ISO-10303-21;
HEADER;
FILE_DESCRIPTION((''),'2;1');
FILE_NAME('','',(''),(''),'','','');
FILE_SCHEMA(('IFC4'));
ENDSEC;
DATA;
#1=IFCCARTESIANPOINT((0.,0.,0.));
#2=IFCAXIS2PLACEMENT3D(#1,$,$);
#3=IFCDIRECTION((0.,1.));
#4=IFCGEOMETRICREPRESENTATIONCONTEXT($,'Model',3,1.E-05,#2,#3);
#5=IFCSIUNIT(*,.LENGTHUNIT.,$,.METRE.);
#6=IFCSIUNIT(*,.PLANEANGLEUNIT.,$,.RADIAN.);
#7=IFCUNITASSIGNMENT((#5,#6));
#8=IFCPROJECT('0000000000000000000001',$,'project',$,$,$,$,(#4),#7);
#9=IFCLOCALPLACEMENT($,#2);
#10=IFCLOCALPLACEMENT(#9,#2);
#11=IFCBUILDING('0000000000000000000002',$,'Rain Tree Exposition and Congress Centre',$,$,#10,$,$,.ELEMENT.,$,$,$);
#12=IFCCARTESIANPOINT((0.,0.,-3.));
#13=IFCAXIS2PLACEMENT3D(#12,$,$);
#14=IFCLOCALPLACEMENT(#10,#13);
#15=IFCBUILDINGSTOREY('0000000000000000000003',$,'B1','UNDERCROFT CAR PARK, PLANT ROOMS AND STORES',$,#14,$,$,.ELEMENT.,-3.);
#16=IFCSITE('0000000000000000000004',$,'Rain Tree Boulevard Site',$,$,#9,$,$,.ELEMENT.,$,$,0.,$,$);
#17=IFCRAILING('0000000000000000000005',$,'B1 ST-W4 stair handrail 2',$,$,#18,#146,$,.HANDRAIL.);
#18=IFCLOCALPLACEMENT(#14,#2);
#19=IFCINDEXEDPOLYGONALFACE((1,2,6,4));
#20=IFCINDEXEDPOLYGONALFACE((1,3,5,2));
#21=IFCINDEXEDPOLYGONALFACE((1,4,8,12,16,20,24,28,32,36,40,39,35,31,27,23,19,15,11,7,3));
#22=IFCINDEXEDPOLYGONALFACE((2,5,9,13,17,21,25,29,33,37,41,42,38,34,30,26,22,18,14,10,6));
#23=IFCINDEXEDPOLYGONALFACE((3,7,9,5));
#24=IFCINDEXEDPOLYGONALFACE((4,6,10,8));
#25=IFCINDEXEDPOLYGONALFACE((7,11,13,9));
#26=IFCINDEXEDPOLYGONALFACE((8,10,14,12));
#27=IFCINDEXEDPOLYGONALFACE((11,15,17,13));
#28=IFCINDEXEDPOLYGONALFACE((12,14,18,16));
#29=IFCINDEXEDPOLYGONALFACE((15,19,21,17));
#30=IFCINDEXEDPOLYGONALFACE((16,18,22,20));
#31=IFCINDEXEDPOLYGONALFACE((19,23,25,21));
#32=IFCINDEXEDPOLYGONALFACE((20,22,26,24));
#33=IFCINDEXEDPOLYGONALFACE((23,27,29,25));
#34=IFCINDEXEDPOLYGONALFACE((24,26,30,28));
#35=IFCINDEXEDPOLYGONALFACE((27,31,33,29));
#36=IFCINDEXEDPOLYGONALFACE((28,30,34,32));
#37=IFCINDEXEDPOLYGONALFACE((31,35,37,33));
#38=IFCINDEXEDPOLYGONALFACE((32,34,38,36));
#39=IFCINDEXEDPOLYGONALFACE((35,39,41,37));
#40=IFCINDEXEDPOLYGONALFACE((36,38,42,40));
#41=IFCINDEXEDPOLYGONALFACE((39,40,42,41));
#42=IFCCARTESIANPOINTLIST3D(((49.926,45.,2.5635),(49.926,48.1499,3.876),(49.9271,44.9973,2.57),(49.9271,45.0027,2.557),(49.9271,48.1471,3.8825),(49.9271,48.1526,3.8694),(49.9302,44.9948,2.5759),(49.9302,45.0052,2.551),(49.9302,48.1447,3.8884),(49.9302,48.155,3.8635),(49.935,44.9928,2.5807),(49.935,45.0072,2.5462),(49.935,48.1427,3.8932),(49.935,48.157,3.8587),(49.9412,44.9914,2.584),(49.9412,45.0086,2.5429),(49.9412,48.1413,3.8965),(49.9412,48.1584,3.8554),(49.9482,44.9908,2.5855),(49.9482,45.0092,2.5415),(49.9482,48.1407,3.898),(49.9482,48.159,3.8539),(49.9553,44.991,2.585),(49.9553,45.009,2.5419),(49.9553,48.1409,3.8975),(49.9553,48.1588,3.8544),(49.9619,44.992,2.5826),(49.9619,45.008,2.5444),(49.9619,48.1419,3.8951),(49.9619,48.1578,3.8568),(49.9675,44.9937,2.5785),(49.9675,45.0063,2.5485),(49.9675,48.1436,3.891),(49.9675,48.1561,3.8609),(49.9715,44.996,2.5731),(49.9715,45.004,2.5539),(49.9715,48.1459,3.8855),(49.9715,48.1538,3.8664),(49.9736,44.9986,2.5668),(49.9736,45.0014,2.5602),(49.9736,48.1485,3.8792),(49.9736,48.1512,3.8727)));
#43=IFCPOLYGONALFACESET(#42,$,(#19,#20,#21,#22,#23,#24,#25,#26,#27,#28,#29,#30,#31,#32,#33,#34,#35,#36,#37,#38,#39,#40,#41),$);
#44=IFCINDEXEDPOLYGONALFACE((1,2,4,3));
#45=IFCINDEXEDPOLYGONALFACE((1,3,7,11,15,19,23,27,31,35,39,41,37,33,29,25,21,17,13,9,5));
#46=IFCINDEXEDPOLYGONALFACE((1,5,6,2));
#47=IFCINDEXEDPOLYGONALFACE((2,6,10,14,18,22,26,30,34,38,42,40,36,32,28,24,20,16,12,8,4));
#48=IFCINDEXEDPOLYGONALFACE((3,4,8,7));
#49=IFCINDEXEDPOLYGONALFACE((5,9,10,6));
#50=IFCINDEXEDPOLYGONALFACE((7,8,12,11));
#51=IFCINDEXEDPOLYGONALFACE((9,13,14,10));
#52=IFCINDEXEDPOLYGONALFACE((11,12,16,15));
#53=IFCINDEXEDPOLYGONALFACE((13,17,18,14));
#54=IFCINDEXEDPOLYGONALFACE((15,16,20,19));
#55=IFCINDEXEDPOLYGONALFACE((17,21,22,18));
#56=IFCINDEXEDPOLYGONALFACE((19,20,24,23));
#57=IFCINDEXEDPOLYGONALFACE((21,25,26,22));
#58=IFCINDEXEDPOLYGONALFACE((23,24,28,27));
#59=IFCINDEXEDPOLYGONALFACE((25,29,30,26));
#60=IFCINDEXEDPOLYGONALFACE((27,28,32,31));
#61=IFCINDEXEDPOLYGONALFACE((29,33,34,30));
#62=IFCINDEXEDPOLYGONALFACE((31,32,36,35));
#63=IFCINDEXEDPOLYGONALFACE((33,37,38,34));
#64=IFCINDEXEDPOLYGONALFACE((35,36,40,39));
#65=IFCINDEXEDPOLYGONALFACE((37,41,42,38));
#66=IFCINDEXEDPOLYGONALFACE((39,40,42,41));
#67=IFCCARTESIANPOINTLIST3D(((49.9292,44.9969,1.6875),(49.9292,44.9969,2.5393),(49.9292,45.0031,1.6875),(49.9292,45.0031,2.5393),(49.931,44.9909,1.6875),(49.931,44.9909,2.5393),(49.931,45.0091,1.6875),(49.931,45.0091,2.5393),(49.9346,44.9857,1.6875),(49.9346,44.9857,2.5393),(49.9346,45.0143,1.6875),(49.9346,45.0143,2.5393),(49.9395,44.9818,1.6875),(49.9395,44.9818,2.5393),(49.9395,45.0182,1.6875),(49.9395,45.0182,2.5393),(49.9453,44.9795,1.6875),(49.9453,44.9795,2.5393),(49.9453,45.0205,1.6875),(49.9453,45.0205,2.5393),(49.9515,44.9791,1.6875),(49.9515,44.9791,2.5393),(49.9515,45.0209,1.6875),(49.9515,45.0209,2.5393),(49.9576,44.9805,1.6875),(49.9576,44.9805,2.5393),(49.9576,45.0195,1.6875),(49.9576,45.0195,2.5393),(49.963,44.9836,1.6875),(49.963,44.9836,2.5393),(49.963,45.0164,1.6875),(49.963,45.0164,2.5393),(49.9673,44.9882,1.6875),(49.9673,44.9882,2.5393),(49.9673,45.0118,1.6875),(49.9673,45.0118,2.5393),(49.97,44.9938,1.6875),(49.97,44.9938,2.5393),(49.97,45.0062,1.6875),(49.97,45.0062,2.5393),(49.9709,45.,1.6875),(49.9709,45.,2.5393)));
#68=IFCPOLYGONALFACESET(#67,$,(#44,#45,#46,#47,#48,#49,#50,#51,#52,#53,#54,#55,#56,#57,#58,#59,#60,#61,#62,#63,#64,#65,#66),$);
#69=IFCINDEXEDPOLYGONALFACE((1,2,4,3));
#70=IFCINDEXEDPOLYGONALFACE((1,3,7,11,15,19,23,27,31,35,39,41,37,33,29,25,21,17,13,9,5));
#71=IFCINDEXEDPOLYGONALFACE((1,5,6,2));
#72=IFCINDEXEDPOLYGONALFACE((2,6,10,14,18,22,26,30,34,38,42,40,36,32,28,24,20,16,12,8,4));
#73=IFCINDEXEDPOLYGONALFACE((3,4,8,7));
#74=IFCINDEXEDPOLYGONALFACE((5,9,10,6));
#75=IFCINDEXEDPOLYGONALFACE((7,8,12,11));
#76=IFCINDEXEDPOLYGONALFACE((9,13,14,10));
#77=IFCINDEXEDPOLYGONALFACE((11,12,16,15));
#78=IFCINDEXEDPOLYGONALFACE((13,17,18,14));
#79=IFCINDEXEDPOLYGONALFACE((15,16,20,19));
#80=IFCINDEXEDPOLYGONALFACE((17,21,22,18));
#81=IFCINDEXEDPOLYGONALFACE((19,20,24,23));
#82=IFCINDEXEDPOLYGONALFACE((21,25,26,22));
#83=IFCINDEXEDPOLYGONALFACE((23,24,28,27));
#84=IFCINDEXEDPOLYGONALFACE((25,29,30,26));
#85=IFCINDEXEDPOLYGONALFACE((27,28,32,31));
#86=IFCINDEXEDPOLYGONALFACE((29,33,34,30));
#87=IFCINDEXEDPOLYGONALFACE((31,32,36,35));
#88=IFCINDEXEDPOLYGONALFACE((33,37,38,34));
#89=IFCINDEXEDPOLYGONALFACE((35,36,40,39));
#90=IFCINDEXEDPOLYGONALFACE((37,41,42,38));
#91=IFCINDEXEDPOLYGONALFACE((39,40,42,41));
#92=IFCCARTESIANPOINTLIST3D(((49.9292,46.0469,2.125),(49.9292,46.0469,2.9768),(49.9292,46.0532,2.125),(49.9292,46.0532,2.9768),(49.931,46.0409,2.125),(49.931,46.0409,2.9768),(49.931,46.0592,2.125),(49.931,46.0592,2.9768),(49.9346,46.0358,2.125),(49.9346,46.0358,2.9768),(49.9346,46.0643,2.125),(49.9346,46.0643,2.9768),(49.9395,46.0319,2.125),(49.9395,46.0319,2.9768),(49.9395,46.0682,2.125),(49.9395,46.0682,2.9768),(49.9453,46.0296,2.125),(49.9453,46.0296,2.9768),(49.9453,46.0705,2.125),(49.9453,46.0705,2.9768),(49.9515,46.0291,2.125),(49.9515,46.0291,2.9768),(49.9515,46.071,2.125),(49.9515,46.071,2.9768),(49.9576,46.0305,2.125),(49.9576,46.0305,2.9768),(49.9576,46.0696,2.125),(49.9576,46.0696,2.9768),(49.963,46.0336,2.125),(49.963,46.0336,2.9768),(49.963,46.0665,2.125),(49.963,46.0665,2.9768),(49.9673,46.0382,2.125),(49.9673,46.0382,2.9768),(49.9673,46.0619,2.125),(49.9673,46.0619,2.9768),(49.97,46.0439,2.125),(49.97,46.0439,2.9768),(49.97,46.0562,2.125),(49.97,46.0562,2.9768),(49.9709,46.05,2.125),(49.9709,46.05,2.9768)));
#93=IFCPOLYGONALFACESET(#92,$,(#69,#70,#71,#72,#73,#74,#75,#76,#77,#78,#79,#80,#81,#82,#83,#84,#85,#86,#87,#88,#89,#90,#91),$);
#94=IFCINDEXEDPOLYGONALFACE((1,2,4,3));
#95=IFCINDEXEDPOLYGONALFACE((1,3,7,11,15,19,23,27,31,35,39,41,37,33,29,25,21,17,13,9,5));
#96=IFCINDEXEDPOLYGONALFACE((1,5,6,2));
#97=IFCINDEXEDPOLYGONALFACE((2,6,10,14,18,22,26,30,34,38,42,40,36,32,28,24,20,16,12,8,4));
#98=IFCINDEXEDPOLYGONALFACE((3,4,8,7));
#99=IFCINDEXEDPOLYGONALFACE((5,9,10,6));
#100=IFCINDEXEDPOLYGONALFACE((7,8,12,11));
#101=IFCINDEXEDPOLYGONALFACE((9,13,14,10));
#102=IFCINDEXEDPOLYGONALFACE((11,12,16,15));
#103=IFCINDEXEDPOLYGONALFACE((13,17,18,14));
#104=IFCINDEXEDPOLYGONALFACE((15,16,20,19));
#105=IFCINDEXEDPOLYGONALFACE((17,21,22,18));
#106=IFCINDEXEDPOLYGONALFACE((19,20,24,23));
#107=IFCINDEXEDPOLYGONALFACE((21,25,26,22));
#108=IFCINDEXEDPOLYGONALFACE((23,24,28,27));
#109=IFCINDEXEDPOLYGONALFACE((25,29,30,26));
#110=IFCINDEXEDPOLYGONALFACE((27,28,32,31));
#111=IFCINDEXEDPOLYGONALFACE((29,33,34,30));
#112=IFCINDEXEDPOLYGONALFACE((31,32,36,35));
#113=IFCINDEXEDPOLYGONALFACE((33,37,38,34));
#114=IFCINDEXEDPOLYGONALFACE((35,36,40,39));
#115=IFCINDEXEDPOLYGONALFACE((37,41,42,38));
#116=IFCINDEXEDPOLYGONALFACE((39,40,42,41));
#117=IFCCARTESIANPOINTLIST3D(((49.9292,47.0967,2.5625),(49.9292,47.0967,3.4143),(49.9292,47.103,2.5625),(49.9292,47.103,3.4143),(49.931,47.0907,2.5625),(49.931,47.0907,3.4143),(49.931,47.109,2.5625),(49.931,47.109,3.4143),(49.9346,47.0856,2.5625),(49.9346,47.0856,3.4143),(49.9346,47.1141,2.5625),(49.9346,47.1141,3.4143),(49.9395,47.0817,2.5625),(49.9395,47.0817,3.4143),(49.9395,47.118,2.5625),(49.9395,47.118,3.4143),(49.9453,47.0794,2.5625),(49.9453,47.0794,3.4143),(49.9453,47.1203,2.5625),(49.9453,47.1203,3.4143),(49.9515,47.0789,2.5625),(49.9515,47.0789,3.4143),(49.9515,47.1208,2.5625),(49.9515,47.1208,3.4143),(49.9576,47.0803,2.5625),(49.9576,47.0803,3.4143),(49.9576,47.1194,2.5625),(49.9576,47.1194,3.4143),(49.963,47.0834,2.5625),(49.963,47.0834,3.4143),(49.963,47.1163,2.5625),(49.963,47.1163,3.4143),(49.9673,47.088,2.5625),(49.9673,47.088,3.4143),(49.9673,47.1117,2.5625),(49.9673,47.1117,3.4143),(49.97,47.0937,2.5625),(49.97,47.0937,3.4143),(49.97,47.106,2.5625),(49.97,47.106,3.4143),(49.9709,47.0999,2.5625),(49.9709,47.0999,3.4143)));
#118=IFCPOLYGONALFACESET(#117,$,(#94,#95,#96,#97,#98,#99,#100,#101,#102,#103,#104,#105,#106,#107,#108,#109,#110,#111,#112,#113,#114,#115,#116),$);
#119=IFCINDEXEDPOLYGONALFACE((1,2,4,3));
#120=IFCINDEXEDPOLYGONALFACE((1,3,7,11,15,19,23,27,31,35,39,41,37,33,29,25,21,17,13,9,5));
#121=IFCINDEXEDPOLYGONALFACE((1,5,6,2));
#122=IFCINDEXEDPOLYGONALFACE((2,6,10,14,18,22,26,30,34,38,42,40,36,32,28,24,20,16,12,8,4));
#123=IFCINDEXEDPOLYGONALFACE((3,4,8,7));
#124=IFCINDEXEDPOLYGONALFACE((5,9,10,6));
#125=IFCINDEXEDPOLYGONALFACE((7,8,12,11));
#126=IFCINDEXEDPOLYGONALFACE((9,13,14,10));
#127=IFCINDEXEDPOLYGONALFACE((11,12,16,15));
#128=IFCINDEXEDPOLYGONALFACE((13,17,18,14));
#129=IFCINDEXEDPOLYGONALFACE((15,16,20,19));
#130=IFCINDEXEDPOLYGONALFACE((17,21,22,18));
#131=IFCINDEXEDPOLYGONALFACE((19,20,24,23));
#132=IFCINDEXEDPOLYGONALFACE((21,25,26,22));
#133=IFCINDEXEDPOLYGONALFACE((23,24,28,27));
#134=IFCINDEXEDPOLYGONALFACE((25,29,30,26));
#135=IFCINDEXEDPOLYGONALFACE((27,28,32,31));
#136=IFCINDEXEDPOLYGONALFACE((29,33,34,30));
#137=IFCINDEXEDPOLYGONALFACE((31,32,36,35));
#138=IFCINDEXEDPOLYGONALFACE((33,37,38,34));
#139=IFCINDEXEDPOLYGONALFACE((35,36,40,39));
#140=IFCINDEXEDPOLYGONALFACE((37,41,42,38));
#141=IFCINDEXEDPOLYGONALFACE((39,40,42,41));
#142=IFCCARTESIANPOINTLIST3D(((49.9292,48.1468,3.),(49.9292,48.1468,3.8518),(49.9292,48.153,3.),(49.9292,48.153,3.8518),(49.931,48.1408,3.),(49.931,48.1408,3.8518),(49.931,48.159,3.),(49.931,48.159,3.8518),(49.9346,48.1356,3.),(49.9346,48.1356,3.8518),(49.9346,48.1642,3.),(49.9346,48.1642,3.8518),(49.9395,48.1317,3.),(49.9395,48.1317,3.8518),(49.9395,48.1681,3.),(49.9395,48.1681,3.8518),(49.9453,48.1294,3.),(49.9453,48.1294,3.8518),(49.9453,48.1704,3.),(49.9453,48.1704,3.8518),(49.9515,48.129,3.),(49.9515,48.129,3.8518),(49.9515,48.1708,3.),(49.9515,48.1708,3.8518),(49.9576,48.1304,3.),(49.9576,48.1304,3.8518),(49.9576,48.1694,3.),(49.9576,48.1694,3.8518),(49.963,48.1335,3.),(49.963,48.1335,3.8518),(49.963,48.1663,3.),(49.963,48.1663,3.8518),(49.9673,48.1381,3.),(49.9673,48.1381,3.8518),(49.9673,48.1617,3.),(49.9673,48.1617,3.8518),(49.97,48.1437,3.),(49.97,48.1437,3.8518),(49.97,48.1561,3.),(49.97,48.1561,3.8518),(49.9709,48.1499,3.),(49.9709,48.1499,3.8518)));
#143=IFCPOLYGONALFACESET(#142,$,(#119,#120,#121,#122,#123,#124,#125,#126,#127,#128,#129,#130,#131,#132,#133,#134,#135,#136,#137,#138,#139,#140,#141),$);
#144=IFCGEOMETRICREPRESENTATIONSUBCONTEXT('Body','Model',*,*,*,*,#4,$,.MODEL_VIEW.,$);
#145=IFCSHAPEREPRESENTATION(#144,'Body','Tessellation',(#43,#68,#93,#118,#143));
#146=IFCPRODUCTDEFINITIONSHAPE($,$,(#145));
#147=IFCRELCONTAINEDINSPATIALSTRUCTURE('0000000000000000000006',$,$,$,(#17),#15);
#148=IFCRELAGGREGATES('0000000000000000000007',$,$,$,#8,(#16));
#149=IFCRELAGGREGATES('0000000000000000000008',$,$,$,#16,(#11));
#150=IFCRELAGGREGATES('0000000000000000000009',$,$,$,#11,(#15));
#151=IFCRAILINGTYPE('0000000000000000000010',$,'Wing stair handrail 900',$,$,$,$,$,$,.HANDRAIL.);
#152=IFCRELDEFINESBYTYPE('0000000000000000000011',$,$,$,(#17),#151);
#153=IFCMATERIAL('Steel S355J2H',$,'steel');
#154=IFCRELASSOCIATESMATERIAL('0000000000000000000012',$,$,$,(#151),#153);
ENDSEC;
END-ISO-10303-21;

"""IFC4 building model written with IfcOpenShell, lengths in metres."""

from ifc_helpers import new_model, si_unit, direction, frame, origin, origin_2d, place, context, subcontext, project, spatial, circle, extrude, material, type_object, element, save


model = new_model("IFC4")

# Units and contexts
model_context = context("Model", 3, precision=1e-05, world=origin(), true_north=direction((0.0, 1.0)))
body_context = subcontext(model_context, "Body", "Model", "MODEL_VIEW")
ifc_project = project(units=[si_unit("LENGTHUNIT", "METRE"), si_unit("PLANEANGLEUNIT", "RADIAN")], contexts=[model_context])

# Site, building, storey
site_placement = place(None, origin())
site = spatial("IfcSite", under=ifc_project, at=site_placement, Name="Rain Tree Boulevard Site", CompositionType="ELEMENT", RefElevation=0.0)
building_placement = place(site_placement, origin())
building = spatial("IfcBuilding", under=site, at=building_placement, Name="Rain Tree Exposition and Congress Centre", CompositionType="ELEMENT")
storey_placement = place(building_placement, frame((0.0, 0.0, -3.0)))
storey = spatial("IfcBuildingStorey", under=building, at=storey_placement, Name="B1", Description="UNDERCROFT CAR PARK, PLANT ROOMS AND STORES", CompositionType="ELEMENT", Elevation=-3.0)

# Railing
ifc_material_1 = material(Name="Steel S355J2H", Category="steel")
railing_type_1 = type_object("IfcRailingType", Name="Wing stair handrail 900", PredefinedType="HANDRAIL", material=ifc_material_1)
railing_1_placement = place(storey_placement, frame((49.95, 45.0, 1.6875)))
element("IfcRailing", 1, at=railing_1_placement, inside=storey, type_object=railing_type_1, Name="B1 ST-W4 stair handrail 2", PredefinedType="HANDRAIL", context=body_context, shape_type="SweptSolid", body=[
    extrude(circle(Radius=0.0239, at=origin_2d()), frame((0.0, 0.0, 0.876), z_axis=(0.0, 0.923073, 0.384626), x_axis=(-1.0, 0.0, 0.0)), (0.0, 0.0, 1.0), 3.4124),
    extrude(circle(Radius=0.021, at=origin_2d()), origin(), (0.0, 0.0, 1.0), 0.8518),
    extrude(circle(Radius=0.021, at=origin_2d()), frame((0.0, 1.05, 0.4375)), (0.0, 0.0, 1.0), 0.8518),
    extrude(circle(Radius=0.021, at=origin_2d()), frame((0.0, 2.0999, 0.875)), (0.0, 0.0, 1.0), 0.8518),
    extrude(circle(Radius=0.021, at=origin_2d()), frame((0.0, 3.1499, 1.3125)), (0.0, 0.0, 1.0), 0.8518),
])

save(model, "model.ifc")
